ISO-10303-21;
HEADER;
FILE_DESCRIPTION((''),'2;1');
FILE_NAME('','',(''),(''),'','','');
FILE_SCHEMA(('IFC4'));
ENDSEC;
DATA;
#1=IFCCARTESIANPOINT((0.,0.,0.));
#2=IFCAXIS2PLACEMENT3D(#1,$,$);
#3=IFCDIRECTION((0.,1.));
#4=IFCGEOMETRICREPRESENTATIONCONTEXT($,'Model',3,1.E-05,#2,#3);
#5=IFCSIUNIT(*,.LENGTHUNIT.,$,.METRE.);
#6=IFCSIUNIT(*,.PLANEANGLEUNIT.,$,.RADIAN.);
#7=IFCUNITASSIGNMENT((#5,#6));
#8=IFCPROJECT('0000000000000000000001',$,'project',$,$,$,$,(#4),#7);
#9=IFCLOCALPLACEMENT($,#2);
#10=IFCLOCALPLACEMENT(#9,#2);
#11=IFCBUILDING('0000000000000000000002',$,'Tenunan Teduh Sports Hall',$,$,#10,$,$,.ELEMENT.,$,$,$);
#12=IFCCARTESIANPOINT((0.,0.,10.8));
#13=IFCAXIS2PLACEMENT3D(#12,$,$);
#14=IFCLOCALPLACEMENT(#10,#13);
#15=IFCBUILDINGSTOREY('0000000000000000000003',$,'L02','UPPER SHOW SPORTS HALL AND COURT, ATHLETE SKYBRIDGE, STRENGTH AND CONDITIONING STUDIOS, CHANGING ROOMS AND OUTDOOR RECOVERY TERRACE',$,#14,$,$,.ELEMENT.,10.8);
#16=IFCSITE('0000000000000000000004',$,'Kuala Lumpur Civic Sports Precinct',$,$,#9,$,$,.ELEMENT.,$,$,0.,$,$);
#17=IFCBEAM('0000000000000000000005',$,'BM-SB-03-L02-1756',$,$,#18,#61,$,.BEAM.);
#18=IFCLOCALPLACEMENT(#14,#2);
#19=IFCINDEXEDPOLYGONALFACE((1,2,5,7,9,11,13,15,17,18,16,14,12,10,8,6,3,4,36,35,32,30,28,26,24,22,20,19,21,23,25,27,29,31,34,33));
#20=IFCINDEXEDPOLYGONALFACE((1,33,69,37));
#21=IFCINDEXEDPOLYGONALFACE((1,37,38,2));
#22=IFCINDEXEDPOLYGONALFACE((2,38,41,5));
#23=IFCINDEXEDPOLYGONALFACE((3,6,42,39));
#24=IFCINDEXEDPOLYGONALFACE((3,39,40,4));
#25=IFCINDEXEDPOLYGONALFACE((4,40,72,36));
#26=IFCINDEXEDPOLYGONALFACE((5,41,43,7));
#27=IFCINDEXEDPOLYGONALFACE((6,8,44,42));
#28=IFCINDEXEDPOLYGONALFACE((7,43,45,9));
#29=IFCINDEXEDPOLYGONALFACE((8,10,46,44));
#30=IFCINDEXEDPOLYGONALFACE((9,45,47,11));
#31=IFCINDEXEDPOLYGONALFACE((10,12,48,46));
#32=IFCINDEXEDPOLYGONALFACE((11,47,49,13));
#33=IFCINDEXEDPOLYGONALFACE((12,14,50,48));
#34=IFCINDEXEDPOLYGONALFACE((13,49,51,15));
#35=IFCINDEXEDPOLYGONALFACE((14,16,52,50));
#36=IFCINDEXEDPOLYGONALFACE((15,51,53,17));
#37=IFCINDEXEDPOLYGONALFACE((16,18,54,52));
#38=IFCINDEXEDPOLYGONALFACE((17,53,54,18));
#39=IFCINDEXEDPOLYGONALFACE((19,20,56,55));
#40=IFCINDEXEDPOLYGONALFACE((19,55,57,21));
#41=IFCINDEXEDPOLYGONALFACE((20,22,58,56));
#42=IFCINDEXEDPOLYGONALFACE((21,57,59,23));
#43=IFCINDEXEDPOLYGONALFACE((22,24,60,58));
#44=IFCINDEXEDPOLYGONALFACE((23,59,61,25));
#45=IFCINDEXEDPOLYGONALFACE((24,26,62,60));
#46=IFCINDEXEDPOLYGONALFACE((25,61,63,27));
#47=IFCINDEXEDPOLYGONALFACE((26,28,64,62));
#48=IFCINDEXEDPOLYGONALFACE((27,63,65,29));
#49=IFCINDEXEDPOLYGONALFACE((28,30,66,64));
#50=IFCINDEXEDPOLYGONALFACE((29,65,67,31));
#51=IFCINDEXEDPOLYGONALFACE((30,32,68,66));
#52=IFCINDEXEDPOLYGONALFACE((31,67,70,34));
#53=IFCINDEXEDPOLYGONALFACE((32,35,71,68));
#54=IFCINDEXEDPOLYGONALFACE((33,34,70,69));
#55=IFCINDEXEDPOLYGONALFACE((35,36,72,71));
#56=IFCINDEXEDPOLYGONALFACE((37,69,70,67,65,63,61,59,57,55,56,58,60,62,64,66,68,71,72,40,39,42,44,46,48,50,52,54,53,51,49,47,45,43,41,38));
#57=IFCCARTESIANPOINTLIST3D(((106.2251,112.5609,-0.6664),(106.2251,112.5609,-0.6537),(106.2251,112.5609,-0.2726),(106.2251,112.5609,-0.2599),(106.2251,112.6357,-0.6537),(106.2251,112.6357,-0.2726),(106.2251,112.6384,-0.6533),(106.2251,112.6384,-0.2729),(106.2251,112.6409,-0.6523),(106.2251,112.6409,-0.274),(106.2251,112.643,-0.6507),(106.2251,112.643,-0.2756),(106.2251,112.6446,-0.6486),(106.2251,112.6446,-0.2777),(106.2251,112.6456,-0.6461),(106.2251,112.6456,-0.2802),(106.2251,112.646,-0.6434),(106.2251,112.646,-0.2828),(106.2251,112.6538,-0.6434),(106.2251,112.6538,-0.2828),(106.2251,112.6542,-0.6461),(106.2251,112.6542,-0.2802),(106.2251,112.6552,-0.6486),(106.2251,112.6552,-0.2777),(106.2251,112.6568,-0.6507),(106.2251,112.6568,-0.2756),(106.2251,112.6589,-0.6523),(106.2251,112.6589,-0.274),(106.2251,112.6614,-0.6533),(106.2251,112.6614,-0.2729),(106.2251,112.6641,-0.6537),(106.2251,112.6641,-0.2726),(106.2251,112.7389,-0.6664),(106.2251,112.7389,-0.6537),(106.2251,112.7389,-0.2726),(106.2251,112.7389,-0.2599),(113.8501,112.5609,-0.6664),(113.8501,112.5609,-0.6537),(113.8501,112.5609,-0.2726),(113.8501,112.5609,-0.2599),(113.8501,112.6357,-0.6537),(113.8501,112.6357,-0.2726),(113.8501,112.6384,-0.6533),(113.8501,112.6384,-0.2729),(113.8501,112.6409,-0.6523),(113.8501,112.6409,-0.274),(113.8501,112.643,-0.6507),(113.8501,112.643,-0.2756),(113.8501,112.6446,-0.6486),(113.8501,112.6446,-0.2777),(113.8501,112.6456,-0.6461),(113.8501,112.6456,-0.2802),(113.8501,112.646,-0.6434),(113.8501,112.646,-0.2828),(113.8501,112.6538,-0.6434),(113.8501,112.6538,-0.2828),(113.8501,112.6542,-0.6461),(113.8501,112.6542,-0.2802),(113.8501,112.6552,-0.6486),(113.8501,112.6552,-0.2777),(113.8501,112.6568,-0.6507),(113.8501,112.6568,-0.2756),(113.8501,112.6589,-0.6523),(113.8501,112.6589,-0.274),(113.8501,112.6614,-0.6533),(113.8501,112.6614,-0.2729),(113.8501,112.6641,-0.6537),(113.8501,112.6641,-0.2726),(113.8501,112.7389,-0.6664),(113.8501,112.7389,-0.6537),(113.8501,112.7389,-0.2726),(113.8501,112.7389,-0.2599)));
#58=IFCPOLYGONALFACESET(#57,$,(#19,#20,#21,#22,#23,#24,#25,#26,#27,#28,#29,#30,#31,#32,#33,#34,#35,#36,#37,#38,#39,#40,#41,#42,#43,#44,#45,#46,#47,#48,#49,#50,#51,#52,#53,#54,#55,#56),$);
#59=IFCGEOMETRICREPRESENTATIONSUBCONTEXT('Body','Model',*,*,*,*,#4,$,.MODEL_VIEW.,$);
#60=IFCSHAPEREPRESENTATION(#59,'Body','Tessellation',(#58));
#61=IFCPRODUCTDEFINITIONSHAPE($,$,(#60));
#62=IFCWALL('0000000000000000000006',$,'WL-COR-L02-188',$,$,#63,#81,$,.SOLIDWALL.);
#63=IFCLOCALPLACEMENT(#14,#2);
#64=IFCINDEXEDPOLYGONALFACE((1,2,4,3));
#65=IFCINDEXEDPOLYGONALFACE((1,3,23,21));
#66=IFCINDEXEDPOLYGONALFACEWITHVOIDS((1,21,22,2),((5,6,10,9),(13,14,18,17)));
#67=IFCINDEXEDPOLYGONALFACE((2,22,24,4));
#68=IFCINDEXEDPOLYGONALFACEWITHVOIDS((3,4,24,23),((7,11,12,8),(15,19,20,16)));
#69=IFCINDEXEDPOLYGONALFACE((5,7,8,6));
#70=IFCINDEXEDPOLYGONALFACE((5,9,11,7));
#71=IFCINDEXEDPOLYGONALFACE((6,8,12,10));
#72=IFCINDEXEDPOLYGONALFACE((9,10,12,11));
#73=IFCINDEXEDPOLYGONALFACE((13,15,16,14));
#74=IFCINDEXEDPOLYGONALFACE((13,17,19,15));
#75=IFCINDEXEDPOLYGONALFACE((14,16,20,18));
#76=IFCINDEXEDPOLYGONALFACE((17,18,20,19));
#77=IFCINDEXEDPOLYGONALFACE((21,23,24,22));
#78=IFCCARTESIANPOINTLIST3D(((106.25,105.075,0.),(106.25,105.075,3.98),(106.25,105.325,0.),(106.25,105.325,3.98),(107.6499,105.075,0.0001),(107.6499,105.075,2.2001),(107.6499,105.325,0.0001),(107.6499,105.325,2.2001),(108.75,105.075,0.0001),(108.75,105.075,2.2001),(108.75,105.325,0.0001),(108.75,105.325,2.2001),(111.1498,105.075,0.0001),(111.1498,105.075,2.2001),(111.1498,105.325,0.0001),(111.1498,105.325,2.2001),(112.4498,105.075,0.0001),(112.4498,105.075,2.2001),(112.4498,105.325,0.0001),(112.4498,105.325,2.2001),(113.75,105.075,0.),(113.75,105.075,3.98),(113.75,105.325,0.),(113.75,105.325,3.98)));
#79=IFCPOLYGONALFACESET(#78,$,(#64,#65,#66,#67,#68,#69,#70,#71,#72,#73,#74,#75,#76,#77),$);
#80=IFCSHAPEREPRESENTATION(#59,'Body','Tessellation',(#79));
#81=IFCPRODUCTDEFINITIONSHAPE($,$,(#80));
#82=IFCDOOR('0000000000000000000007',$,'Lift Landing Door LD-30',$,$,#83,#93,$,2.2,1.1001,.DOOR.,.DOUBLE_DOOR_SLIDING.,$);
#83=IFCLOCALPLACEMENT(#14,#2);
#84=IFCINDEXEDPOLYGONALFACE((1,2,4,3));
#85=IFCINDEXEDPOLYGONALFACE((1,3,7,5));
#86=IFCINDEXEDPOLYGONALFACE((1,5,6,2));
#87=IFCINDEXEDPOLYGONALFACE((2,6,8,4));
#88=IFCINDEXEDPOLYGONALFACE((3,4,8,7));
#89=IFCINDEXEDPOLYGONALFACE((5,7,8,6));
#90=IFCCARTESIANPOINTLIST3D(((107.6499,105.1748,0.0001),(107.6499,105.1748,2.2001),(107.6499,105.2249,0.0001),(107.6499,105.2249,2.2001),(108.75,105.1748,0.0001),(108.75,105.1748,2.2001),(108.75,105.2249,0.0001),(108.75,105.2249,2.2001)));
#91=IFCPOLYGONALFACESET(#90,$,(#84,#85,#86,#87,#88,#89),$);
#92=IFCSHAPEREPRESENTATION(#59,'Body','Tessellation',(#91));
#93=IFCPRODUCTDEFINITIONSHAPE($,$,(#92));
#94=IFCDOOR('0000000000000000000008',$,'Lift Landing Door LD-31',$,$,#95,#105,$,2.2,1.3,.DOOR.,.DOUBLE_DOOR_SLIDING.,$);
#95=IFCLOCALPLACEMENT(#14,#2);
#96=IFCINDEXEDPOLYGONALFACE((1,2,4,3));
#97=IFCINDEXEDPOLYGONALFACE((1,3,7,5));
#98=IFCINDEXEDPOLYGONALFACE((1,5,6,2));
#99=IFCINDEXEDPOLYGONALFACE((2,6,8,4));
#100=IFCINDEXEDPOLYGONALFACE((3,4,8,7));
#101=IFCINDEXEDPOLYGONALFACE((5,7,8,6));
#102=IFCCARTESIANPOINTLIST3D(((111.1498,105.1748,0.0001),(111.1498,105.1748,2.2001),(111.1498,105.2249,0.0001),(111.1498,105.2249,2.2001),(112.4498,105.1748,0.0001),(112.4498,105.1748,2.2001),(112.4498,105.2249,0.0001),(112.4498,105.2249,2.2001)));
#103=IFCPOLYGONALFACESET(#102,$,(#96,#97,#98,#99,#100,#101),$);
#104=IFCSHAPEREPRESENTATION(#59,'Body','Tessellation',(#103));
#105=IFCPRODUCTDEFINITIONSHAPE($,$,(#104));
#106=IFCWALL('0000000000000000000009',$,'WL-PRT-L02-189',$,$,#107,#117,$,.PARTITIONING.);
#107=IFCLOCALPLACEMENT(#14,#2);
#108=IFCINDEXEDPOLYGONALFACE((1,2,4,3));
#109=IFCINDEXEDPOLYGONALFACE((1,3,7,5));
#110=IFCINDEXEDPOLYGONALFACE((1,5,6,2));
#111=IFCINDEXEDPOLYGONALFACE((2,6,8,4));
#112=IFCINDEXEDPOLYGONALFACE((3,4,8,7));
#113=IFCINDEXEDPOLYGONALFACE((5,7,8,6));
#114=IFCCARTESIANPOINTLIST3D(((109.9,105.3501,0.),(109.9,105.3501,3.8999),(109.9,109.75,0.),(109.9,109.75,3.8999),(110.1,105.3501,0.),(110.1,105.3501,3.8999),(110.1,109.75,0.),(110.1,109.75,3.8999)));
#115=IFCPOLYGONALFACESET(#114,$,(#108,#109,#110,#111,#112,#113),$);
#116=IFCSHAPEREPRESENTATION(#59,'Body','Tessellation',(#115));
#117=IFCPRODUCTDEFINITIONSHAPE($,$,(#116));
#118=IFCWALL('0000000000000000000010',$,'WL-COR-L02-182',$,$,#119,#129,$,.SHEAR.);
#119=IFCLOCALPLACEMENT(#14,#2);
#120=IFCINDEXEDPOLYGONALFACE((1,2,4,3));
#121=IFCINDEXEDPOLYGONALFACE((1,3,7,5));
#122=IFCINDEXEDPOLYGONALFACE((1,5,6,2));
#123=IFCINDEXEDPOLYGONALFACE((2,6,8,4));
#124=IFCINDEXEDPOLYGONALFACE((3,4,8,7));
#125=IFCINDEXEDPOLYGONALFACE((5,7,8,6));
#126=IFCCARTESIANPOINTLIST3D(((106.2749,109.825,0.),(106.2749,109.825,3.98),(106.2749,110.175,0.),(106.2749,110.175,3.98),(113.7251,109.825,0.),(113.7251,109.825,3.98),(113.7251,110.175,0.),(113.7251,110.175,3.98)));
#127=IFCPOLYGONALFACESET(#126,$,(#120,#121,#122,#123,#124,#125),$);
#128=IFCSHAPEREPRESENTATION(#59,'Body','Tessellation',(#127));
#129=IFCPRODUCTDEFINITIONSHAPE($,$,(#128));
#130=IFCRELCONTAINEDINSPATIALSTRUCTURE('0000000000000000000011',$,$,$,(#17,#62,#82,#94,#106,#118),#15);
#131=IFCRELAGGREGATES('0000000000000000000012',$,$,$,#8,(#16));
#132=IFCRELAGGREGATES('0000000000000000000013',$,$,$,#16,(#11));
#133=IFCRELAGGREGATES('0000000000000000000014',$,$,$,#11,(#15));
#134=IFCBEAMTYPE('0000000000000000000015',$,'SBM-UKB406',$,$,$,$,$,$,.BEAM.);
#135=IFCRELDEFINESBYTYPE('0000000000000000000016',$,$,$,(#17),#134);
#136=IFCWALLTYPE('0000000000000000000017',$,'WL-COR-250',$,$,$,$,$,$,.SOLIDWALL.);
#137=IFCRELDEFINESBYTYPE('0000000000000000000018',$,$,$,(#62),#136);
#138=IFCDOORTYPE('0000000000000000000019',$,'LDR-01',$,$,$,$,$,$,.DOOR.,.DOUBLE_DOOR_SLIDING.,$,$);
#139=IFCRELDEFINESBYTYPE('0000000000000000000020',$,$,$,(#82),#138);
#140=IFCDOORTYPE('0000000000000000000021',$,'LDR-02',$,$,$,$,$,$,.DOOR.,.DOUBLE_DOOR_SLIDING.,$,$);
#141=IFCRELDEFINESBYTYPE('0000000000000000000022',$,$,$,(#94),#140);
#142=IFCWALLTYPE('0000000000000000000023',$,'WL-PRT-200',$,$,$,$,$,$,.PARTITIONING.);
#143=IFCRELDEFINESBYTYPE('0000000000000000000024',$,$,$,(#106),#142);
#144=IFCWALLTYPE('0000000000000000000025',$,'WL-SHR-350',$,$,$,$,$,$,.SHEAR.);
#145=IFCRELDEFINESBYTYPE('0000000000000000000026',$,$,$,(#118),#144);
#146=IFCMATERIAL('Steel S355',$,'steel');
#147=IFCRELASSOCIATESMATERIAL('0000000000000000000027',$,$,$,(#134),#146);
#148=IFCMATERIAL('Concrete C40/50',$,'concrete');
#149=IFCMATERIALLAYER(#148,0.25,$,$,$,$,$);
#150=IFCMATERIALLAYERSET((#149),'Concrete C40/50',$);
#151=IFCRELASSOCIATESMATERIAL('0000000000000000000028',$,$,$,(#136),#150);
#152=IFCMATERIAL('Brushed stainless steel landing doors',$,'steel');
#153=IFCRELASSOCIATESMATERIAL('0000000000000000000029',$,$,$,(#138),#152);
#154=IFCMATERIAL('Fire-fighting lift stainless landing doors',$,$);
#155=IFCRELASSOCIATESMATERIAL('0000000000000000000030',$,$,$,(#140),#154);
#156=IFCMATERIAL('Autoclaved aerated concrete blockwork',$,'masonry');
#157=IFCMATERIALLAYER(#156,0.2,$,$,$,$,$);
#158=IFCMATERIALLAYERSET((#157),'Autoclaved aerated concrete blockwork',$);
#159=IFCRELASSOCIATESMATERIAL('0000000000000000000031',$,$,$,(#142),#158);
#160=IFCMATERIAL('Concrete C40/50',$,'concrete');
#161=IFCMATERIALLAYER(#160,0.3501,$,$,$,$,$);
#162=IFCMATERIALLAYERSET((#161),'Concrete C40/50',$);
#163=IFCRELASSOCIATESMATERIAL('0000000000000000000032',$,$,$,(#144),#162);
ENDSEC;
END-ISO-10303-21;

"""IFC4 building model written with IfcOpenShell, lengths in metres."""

from ifc_helpers import new_model, si_unit, direction, frame, frame_2d, origin, origin_2d, place, context, subcontext, project, spatial, rectangle, i_section, extrude, material, layer, layer_set, material_profile, profile_set, type_object, element, fill, save


model = new_model("IFC4")

# Units and contexts
model_context = context("Model", 3, precision=1e-05, world=origin(), true_north=direction((0.0, 1.0)))
body_context = subcontext(model_context, "Body", "Model", "MODEL_VIEW")
ifc_project = project(units=[si_unit("LENGTHUNIT", "METRE"), si_unit("PLANEANGLEUNIT", "RADIAN")], contexts=[model_context])

# Site, building, storey
site_placement = place(None, origin())
site = spatial("IfcSite", under=ifc_project, at=site_placement, Name="Kuala Lumpur Civic Sports Precinct", CompositionType="ELEMENT", RefElevation=0.0)
building_placement = place(site_placement, origin())
building = spatial("IfcBuilding", under=site, at=building_placement, Name="Tenunan Teduh Sports Hall", CompositionType="ELEMENT")
storey_placement = place(building_placement, frame((0.0, 0.0, 10.8)))
storey = spatial("IfcBuildingStorey", under=building, at=storey_placement, Name="L02", Description="UPPER SHOW SPORTS HALL AND COURT, ATHLETE SKYBRIDGE, STRENGTH AND CONDITIONING STUDIOS, CHANGING ROOMS AND OUTDOOR RECOVERY TERRACE", CompositionType="ELEMENT", Elevation=10.8)

# Beam
ifc_material_1 = material(Name="Steel S355", Category="steel")
ifc_material_profile_1 = material_profile(ifc_material_1, i_section(OverallWidth=0.178, OverallDepth=0.4065, WebThickness=0.0078, FlangeThickness=0.0127, FilletRadius=0.0103, at=origin_2d()), Name="UKB 406x178x60")
ifc_profile_set_1 = profile_set([ifc_material_profile_1], Name="Steel S355")
beam_type_1 = type_object("IfcBeamType", Name="SBM-UKB406", PredefinedType="BEAM", material=ifc_profile_set_1)
beam_1_placement = place(storey_placement, frame((106.2251, 112.6499, -0.4631), z_axis=(1.0, 0.0, 0.0), x_axis=(0.0, 1.0, 0.0)))
element("IfcBeam", 1, at=beam_1_placement, inside=storey, type_object=beam_type_1, Name="BM-SB-03-L02-1756", PredefinedType="BEAM", context=body_context, shape_type="SweptSolid", body=[
    extrude(i_section(OverallWidth=0.178, OverallDepth=0.4065, WebThickness=0.0078, FlangeThickness=0.0127, FilletRadius=0.0103, at=origin_2d()), origin(), (0.0, 0.0, 1.0), 7.625),
])

# Wall, openings, doors
ifc_material_2 = material(Name="Concrete C40/50", Category="concrete")
ifc_layer_1 = layer(ifc_material_2, 0.25)
ifc_layer_set_1 = layer_set([ifc_layer_1], Name="Concrete C40/50")
wall_type_1 = type_object("IfcWallType", Name="WL-COR-250", PredefinedType="SOLIDWALL", material=ifc_layer_set_1)
wall_1_placement = place(storey_placement, frame((106.25, 105.2, 0.0), z_axis=(0.0, 0.0, 1.0), x_axis=(1.0, 0.0, 0.0)))
wall_1 = element("IfcWall", 2, at=wall_1_placement, inside=storey, type_object=wall_type_1, Name="WL-COR-L02-188", PredefinedType="SOLIDWALL", context=body_context, shape_type="SweptSolid", body=[
    extrude(rectangle(XDim=7.5, YDim=0.25, at=frame_2d((3.75, 0.0))), origin(), (0.0, 0.0, 1.0), 3.98),
])
opening_1_placement = place(wall_1_placement, frame((1.3999, 0.0, 0.0)))
opening_1 = element("IfcOpeningElement", 3, at=opening_1_placement, cuts=wall_1, PredefinedType="OPENING", context=body_context, shape_type="SweptSolid", body=[
    extrude(rectangle(XDim=1.1001, YDim=2.2, at=frame_2d((0.55, 1.1001))), frame((0.0, 0.135, 0.0), z_axis=(0.0, -1.0, 0.0), x_axis=(1.0, 0.0, 0.0)), (0.0, 0.0, 1.0), 0.27),
])
opening_2_placement = place(wall_1_placement, frame((4.8999, 0.0, 0.0)))
opening_2 = element("IfcOpeningElement", 4, at=opening_2_placement, cuts=wall_1, PredefinedType="OPENING", context=body_context, shape_type="SweptSolid", body=[
    extrude(rectangle(XDim=1.3, YDim=2.2, at=frame_2d((0.6499, 1.1001))), frame((0.0, 0.135, 0.0), z_axis=(0.0, -1.0, 0.0), x_axis=(1.0, 0.0, 0.0)), (0.0, 0.0, 1.0), 0.27),
])
ifc_material_3 = material(Name="Brushed stainless steel landing doors", Category="steel")
door_type_1 = type_object("IfcDoorType", Name="LDR-01", OperationType="DOUBLE_DOOR_SLIDING", PredefinedType="DOOR", material=ifc_material_3)
door_1_placement = place(opening_1_placement, origin())
door_1 = element("IfcDoor", 5, at=door_1_placement, inside=storey, type_object=door_type_1, Name="Lift Landing Door LD-30", OperationType="DOUBLE_DOOR_SLIDING", OverallHeight=2.2, OverallWidth=1.1001, PredefinedType="DOOR", context=body_context, shape_type="SweptSolid", body=[
    extrude(rectangle(XDim=1.1001, YDim=2.2, at=frame_2d((0.55, 1.1001))), frame((0.0, 0.0249, 0.0), z_axis=(0.0, -1.0, 0.0), x_axis=(1.0, 0.0, 0.0)), (0.0, 0.0, 1.0), 0.05),
])
fill(opening_1, door_1)
ifc_material_4 = material(Name="Fire-fighting lift stainless landing doors")
door_type_2 = type_object("IfcDoorType", Name="LDR-02", OperationType="DOUBLE_DOOR_SLIDING", PredefinedType="DOOR", material=ifc_material_4)
door_2_placement = place(opening_2_placement, origin())
door_2 = element("IfcDoor", 6, at=door_2_placement, inside=storey, type_object=door_type_2, Name="Lift Landing Door LD-31", OperationType="DOUBLE_DOOR_SLIDING", OverallHeight=2.2, OverallWidth=1.3, PredefinedType="DOOR", context=body_context, shape_type="SweptSolid", body=[
    extrude(rectangle(XDim=1.3, YDim=2.2, at=frame_2d((0.6499, 1.1001))), frame((0.0, 0.0249, 0.0), z_axis=(0.0, -1.0, 0.0), x_axis=(1.0, 0.0, 0.0)), (0.0, 0.0, 1.0), 0.05),
])
fill(opening_2, door_2)

# Walls
ifc_material_5 = material(Name="Autoclaved aerated concrete blockwork", Category="masonry")
ifc_layer_2 = layer(ifc_material_5, 0.2)
ifc_layer_set_2 = layer_set([ifc_layer_2], Name="Autoclaved aerated concrete blockwork")
wall_type_2 = type_object("IfcWallType", Name="WL-PRT-200", PredefinedType="PARTITIONING", material=ifc_layer_set_2)
wall_2_placement = place(storey_placement, frame((110.0, 105.3501, 0.0), z_axis=(0.0, 0.0, 1.0), x_axis=(0.0, 1.0, 0.0)))
element("IfcWall", 7, at=wall_2_placement, inside=storey, type_object=wall_type_2, Name="WL-PRT-L02-189", PredefinedType="PARTITIONING", context=body_context, shape_type="SweptSolid", body=[
    extrude(rectangle(XDim=4.3999, YDim=0.2, at=frame_2d((2.2, 0.0))), origin(), (0.0, 0.0, 1.0), 3.8999),
])
ifc_material_6 = material(Name="Concrete C40/50", Category="concrete")
ifc_layer_3 = layer(ifc_material_6, 0.3501)
ifc_layer_set_3 = layer_set([ifc_layer_3], Name="Concrete C40/50")
wall_type_3 = type_object("IfcWallType", Name="WL-SHR-350", PredefinedType="SHEAR", material=ifc_layer_set_3)
wall_3_placement = place(storey_placement, frame((106.2749, 110.0, 0.0), z_axis=(0.0, 0.0, 1.0), x_axis=(1.0, 0.0, 0.0)))
element("IfcWall", 8, at=wall_3_placement, inside=storey, type_object=wall_type_3, Name="WL-COR-L02-182", PredefinedType="SHEAR", context=body_context, shape_type="SweptSolid", body=[
    extrude(rectangle(XDim=7.4502, YDim=0.3501, at=frame_2d((3.7251, 0.0))), origin(), (0.0, 0.0, 1.0), 3.98),
])

save(model, "model.ifc")
